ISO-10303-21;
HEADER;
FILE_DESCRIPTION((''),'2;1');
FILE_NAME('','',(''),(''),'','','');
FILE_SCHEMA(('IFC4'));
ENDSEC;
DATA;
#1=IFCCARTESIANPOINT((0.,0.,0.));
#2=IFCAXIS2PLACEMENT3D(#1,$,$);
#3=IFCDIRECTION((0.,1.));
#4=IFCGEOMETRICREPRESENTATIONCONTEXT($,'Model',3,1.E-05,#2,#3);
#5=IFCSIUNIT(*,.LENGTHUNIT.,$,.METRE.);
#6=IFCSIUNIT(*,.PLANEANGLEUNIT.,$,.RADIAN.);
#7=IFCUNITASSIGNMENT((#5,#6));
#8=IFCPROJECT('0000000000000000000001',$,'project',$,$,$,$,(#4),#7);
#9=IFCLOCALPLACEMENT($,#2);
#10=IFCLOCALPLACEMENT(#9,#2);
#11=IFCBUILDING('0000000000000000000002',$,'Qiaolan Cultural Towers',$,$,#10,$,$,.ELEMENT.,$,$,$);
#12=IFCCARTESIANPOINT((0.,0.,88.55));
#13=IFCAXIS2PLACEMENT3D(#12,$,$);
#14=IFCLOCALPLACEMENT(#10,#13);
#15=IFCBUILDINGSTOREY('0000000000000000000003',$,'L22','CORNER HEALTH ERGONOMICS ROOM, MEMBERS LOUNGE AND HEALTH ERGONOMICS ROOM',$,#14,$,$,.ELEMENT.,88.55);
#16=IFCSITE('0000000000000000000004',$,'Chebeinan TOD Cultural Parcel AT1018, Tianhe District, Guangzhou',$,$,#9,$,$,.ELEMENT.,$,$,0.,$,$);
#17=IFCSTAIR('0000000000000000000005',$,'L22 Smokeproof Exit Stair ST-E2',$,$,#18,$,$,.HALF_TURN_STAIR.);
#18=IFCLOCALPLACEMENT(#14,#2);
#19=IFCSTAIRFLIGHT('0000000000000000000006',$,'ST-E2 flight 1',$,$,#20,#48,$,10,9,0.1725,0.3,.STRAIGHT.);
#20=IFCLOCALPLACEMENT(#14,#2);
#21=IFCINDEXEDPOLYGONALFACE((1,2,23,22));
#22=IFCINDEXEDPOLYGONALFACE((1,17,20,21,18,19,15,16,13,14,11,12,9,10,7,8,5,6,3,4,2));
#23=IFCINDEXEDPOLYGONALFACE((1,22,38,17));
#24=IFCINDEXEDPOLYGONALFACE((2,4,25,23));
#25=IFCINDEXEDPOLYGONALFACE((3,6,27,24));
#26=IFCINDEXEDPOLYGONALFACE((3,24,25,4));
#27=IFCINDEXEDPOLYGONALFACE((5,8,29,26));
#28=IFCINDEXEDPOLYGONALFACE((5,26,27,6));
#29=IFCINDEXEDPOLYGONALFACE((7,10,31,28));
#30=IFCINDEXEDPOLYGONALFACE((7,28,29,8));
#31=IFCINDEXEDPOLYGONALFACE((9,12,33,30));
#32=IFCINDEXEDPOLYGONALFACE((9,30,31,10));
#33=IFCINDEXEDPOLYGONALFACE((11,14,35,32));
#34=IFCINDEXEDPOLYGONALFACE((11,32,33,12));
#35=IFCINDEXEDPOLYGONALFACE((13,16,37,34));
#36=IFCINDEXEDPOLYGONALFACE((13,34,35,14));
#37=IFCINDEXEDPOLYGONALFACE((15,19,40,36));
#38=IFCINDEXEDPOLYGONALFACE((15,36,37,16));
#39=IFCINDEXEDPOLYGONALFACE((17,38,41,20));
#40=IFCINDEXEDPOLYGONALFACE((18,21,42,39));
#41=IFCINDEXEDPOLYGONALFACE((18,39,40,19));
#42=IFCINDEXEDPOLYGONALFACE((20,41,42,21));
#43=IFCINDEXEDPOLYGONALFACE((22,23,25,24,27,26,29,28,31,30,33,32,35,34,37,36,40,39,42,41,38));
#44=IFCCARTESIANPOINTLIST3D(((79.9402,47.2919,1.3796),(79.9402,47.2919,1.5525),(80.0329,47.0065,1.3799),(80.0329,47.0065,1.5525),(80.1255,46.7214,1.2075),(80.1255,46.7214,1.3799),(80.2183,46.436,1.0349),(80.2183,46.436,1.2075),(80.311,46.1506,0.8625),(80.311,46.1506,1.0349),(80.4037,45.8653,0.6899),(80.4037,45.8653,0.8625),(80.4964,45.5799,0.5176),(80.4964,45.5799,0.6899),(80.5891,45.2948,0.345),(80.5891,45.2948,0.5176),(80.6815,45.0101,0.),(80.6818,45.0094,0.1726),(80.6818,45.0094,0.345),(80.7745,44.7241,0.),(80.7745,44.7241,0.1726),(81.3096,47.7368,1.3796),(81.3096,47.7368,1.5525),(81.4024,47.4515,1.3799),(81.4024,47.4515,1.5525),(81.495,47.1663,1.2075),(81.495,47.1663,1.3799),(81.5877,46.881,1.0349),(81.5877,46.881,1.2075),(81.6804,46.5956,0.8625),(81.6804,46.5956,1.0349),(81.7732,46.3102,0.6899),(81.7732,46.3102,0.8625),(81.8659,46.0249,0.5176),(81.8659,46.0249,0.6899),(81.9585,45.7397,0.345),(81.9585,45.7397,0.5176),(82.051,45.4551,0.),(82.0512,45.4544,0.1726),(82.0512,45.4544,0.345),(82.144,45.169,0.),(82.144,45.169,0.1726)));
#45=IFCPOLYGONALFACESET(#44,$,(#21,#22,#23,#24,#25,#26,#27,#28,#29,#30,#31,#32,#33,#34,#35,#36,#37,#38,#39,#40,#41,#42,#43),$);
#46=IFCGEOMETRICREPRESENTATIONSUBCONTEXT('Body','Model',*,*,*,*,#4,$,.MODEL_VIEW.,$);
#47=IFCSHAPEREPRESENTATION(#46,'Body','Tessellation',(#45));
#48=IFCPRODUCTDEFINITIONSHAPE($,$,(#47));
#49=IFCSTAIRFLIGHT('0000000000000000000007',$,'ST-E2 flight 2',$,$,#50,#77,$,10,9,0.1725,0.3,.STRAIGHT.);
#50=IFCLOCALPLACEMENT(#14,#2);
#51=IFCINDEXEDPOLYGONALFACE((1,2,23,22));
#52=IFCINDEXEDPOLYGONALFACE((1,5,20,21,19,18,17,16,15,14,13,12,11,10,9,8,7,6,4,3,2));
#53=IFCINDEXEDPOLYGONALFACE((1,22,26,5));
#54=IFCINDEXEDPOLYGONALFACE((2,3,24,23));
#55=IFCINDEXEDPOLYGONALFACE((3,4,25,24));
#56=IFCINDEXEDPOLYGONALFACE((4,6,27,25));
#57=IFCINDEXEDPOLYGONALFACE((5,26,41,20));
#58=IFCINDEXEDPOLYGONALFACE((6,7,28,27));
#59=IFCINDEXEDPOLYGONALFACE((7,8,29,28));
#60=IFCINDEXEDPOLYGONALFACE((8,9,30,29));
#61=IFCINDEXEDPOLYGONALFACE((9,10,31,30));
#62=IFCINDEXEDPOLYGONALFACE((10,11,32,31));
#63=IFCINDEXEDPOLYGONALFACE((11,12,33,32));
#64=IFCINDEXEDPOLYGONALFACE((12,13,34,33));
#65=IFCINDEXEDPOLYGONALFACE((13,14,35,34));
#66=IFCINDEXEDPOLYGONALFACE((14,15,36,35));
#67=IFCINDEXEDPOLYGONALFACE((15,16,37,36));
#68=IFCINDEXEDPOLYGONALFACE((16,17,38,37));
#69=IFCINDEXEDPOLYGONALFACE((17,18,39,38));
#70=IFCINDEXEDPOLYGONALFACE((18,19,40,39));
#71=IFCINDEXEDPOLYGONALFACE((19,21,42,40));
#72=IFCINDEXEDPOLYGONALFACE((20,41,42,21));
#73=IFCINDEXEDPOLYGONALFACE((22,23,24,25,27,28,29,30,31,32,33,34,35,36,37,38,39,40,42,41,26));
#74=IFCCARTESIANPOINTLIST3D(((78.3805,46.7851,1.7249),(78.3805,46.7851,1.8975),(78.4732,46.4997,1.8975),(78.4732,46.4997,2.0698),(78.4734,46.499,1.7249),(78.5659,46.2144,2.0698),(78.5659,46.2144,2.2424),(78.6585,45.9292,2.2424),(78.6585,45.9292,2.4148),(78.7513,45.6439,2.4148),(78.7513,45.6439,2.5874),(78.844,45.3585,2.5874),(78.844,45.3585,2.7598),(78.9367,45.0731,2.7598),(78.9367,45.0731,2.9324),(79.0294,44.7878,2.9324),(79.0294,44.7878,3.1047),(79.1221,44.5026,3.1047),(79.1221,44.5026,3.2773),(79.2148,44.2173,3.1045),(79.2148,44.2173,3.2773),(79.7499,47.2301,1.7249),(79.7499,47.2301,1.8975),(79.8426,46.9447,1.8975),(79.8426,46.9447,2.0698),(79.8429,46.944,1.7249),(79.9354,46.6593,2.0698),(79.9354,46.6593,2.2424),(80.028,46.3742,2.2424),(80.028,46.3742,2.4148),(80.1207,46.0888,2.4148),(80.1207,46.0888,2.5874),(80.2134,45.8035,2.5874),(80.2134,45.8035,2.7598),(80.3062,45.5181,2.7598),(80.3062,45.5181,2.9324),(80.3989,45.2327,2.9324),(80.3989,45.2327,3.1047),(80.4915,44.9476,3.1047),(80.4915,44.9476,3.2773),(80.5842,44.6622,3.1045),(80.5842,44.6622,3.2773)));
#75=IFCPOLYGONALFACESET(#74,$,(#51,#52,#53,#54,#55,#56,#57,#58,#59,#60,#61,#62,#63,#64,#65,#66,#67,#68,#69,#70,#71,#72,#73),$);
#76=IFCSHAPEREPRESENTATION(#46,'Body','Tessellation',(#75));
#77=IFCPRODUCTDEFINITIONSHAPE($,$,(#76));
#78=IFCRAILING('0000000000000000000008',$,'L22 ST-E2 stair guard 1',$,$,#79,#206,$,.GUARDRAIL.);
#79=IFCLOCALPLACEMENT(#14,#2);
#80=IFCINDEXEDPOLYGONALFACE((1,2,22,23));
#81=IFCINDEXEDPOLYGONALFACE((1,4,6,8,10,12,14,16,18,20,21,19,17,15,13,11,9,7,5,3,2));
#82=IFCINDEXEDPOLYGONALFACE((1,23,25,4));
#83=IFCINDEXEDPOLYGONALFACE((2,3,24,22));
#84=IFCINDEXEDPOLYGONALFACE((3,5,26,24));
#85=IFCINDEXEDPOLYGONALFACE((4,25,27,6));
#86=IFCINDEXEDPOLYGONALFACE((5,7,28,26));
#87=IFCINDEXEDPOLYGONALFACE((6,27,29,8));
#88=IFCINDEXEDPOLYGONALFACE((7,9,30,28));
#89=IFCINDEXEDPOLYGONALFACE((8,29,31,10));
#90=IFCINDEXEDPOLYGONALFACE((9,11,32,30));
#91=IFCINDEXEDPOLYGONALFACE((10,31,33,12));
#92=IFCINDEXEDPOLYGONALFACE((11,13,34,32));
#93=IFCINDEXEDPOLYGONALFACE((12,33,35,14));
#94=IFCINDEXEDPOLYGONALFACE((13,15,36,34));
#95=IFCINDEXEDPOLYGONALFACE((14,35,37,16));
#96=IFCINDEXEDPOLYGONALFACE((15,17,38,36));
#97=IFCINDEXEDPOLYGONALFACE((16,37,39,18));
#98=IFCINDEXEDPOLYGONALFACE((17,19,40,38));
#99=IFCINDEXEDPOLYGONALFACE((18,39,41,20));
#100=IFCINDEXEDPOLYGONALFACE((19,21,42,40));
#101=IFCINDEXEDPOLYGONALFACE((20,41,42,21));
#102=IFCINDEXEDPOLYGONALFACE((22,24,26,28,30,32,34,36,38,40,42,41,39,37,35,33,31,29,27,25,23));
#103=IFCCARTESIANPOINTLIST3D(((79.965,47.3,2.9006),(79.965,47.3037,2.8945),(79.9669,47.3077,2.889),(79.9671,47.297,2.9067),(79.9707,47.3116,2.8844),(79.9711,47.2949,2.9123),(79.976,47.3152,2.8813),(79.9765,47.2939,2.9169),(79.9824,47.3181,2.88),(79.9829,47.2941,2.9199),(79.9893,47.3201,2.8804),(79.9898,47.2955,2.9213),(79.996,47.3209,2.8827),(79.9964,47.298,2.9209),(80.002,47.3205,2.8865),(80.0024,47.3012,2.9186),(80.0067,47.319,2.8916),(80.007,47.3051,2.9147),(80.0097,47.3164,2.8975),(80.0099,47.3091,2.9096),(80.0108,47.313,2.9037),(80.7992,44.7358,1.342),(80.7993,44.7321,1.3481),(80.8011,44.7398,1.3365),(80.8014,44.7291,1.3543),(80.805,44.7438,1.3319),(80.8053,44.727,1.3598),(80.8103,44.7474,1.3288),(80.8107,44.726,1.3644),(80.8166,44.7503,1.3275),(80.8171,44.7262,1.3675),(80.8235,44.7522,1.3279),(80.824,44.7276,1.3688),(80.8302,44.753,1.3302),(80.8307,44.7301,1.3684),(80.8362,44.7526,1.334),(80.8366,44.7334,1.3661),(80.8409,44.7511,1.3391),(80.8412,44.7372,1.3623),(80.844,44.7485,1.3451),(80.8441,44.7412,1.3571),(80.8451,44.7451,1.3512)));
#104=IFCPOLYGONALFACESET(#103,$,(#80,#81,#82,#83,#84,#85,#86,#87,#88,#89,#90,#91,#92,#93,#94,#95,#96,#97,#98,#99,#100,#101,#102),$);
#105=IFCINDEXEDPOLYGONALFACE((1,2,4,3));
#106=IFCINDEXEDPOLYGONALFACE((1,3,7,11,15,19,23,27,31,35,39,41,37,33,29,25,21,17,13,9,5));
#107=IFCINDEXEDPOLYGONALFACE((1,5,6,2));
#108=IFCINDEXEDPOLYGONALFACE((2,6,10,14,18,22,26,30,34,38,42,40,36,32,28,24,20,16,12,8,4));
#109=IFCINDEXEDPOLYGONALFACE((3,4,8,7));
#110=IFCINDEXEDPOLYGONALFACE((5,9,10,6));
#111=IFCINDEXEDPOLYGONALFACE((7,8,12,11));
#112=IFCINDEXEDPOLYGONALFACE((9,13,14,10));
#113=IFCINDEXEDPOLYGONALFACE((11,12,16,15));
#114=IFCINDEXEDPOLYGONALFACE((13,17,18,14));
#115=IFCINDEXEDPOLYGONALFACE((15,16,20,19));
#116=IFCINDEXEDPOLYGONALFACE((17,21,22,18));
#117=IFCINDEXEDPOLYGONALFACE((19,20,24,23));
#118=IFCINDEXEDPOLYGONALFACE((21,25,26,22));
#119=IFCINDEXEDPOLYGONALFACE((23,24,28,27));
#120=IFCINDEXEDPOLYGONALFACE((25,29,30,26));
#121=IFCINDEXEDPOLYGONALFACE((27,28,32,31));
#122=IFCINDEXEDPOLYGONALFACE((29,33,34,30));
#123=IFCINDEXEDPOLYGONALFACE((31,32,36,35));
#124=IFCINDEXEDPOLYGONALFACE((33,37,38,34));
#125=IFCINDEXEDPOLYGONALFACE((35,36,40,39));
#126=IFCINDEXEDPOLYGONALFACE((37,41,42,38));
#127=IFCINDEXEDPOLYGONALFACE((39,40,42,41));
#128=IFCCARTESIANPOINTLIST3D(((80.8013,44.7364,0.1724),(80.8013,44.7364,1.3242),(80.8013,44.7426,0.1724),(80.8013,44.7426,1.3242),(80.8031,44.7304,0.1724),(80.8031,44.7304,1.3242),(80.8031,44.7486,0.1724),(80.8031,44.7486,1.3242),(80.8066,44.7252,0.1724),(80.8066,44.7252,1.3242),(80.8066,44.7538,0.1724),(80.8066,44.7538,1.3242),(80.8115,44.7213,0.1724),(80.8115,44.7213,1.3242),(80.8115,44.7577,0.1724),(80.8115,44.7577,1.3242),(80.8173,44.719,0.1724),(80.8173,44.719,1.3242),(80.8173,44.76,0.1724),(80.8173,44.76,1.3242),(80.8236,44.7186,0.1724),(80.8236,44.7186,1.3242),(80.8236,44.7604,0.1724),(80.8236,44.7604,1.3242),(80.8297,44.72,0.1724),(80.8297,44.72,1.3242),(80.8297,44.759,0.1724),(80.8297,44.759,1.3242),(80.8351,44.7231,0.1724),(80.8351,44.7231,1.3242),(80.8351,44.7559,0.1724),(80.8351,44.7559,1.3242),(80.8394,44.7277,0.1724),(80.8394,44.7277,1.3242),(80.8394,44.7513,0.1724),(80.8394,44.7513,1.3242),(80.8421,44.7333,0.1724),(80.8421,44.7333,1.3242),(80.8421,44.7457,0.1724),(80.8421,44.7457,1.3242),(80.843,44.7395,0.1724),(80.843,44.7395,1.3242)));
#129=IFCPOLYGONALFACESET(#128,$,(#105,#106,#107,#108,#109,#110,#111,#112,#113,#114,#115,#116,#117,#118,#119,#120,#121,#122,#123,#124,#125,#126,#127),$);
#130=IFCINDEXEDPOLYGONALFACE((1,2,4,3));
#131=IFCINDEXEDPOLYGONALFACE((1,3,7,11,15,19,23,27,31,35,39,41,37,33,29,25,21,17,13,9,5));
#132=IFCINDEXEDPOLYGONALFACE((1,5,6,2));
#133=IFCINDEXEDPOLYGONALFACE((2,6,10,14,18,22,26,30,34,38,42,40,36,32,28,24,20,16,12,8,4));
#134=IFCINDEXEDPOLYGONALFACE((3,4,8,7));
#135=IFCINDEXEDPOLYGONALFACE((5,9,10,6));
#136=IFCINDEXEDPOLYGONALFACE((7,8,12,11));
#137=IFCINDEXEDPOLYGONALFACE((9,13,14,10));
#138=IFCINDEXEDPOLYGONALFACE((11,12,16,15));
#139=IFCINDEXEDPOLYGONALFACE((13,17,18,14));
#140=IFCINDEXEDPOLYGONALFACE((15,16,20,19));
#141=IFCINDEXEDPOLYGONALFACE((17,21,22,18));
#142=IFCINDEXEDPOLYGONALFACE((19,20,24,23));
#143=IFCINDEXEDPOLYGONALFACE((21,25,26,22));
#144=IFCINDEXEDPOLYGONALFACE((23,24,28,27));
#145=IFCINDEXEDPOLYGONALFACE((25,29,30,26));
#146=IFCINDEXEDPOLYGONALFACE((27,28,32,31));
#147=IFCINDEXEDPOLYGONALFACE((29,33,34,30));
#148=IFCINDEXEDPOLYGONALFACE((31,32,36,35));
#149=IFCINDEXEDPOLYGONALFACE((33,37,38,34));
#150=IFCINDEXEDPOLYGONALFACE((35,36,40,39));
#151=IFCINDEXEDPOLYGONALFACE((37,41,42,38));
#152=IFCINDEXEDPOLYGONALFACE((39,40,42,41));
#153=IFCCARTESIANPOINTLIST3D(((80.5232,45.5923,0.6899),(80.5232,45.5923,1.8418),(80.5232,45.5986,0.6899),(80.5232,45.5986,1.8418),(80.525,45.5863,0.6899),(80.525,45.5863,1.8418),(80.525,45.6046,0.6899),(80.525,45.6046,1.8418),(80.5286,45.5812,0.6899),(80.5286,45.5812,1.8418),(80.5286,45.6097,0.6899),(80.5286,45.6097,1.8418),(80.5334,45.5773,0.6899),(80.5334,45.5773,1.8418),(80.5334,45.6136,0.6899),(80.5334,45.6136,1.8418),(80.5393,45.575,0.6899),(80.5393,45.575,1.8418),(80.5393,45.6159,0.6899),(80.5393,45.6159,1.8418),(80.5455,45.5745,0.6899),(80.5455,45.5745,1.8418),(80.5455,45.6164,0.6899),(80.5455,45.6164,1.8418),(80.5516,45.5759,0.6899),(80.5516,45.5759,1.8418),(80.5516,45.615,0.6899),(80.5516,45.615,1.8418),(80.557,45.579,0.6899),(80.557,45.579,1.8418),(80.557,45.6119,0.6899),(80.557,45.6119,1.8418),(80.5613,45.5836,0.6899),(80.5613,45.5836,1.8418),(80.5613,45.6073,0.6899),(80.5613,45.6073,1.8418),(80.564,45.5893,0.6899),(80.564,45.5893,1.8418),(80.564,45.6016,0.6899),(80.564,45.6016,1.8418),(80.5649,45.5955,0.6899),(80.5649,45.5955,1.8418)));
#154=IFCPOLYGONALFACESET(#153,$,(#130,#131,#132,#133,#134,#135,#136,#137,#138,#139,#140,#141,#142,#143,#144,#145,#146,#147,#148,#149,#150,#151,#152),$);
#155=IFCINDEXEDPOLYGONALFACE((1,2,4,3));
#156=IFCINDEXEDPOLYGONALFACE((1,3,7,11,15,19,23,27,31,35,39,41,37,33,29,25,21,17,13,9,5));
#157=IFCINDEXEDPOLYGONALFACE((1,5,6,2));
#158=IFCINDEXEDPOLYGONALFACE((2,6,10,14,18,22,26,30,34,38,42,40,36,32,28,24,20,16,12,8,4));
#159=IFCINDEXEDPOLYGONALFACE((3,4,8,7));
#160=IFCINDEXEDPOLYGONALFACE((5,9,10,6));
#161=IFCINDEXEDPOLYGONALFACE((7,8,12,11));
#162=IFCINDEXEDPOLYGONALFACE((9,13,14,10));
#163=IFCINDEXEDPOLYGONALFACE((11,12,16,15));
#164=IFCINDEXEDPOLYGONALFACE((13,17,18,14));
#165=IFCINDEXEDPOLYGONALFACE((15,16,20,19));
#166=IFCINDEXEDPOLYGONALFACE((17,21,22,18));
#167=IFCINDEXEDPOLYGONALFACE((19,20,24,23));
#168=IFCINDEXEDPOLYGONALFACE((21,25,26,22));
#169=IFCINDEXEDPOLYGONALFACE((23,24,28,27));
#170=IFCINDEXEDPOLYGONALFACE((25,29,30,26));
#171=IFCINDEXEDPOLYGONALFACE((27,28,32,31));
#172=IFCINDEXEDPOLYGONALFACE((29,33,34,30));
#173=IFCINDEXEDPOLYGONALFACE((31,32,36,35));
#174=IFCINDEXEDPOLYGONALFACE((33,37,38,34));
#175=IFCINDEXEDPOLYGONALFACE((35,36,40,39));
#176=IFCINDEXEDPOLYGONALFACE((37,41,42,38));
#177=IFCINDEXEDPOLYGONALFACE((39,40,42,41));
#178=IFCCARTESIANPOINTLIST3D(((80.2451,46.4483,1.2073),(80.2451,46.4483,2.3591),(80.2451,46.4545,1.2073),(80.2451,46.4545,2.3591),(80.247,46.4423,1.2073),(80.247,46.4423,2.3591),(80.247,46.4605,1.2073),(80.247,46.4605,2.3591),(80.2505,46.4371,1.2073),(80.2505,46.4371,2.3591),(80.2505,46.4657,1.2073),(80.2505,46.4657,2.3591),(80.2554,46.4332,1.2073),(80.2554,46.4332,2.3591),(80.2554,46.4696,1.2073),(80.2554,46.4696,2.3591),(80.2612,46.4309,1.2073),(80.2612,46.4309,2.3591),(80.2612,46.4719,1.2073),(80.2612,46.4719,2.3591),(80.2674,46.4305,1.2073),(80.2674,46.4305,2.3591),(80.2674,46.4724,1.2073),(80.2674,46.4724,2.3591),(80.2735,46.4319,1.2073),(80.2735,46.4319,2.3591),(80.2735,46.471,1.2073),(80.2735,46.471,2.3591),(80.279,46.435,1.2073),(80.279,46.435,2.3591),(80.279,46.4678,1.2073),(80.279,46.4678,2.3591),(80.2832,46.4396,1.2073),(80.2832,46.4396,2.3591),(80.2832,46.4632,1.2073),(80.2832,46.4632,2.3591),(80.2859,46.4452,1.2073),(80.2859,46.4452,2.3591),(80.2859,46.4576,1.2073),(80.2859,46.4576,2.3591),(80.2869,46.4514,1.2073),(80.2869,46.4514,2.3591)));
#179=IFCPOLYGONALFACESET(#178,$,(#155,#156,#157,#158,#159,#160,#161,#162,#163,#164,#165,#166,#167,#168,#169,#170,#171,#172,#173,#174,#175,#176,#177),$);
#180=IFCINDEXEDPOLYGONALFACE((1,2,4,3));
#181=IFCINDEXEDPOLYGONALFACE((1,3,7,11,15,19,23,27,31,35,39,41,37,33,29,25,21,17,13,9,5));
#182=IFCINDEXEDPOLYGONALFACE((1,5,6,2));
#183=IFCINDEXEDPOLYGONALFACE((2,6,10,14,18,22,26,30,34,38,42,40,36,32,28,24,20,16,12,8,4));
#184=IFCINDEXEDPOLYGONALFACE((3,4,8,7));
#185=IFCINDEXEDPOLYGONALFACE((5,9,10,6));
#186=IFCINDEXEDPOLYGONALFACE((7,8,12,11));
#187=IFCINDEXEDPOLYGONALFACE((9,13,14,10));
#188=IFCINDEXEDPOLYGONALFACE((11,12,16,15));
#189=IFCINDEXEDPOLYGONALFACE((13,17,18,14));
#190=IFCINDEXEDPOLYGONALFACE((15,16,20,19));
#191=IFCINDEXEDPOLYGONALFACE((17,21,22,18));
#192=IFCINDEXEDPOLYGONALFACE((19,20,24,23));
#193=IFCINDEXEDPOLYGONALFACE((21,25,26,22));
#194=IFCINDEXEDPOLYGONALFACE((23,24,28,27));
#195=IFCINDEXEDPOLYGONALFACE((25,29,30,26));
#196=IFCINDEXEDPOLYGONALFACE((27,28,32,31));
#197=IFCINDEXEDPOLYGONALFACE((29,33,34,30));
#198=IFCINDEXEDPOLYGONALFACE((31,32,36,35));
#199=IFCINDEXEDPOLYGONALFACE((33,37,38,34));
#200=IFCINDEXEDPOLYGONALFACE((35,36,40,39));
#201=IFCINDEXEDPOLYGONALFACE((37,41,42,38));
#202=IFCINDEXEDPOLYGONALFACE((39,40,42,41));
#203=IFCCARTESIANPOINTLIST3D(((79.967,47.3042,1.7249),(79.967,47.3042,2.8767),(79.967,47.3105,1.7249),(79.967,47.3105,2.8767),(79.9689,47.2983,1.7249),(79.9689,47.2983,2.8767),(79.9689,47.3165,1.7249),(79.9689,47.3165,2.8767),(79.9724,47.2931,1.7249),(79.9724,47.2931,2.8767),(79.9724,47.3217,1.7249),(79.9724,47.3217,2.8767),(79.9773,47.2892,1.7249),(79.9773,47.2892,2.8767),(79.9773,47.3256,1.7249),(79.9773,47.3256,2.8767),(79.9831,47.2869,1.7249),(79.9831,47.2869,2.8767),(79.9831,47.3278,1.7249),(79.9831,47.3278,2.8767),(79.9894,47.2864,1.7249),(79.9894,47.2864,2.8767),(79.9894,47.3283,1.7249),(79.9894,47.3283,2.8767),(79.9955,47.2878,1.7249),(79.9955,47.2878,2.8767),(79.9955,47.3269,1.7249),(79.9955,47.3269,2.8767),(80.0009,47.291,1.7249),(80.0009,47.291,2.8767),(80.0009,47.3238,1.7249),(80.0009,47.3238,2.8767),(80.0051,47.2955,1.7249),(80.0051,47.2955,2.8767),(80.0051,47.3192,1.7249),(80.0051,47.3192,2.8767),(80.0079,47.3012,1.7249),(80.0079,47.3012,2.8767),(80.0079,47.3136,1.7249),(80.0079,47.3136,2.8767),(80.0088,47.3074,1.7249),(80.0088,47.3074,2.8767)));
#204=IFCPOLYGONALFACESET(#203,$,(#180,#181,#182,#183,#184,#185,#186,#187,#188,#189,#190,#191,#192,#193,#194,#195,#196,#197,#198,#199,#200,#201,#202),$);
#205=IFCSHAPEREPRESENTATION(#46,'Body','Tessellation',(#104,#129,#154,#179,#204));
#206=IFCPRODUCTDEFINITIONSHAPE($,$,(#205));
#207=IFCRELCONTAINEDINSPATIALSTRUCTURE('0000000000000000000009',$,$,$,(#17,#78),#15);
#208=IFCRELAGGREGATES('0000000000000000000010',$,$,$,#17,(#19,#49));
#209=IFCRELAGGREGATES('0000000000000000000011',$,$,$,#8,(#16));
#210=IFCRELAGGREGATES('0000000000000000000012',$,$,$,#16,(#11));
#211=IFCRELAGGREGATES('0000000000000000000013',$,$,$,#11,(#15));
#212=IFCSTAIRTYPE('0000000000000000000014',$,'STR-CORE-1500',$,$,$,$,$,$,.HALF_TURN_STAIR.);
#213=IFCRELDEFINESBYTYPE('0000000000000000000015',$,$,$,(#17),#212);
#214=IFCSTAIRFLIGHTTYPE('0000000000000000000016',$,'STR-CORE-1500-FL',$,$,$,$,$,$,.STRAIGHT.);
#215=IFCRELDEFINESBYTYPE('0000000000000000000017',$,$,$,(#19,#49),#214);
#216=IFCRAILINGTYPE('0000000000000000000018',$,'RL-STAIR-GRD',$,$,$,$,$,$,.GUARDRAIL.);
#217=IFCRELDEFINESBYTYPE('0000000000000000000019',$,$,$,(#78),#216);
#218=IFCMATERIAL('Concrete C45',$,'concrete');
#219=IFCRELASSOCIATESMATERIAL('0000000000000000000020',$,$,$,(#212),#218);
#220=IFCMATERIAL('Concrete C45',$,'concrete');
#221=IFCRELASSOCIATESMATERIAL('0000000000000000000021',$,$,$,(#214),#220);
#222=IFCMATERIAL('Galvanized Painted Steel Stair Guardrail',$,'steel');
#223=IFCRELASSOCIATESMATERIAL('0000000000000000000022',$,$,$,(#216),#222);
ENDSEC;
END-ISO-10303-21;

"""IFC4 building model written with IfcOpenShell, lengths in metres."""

from ifc_helpers import new_model, si_unit, direction, frame, origin, origin_2d, place, context, subcontext, project, spatial, polyline, circle, outline, extrude, material, type_object, element, aggregate, save


model = new_model("IFC4")

# Units and contexts
model_context = context("Model", 3, precision=1e-05, world=origin(), true_north=direction((0.0, 1.0)))
body_context = subcontext(model_context, "Body", "Model", "MODEL_VIEW")
ifc_project = project(units=[si_unit("LENGTHUNIT", "METRE"), si_unit("PLANEANGLEUNIT", "RADIAN")], contexts=[model_context])

# Site, building, storey
site_placement = place(None, origin())
site = spatial("IfcSite", under=ifc_project, at=site_placement, Name="Chebeinan TOD Cultural Parcel AT1018, Tianhe District, Guangzhou", CompositionType="ELEMENT", RefElevation=0.0)
building_placement = place(site_placement, origin())
building = spatial("IfcBuilding", under=site, at=building_placement, Name="Qiaolan Cultural Towers", CompositionType="ELEMENT")
storey_placement = place(building_placement, frame((0.0, 0.0, 88.55)))
storey = spatial("IfcBuildingStorey", under=building, at=storey_placement, Name="L22", Description="CORNER HEALTH ERGONOMICS ROOM, MEMBERS LOUNGE AND HEALTH ERGONOMICS ROOM", CompositionType="ELEMENT", Elevation=88.55)

# Stair, stair flights
ifc_material_1 = material(Name="Concrete C45", Category="concrete")
stair_type = type_object("IfcStairType", Name="STR-CORE-1500", PredefinedType="HALF_TURN_STAIR", material=ifc_material_1)
stair_placement = place(storey_placement, origin())
stair = element("IfcStair", 1, at=stair_placement, inside=storey, type_object=stair_type, Name="L22 Smokeproof Exit Stair ST-E2", PredefinedType="HALF_TURN_STAIR")
ifc_material_2 = material(Name="Concrete C45", Category="concrete")
stair_flight_type = type_object("IfcStairFlightType", Name="STR-CORE-1500-FL", PredefinedType="STRAIGHT", material=ifc_material_2)
stair_flight_1_placement = place(storey_placement, frame((81.4592, 44.9465, 0.0), z_axis=(0.0, 0.0, 1.0), x_axis=(-0.309017, 0.951057, 0.0)))
stair_flight_1 = element("IfcStairFlight", 2, at=stair_flight_1_placement, type_object=stair_flight_type, Name="ST-E2 flight 1", NumberOfRisers=10, NumberOfTreads=9, PredefinedType="STRAIGHT", RiserHeight=0.1725, TreadLength=0.3, context=body_context, shape_type="SweptSolid", body=[
    extrude(outline(polyline([(0.0, 0.0), (0.0, 0.1726), (0.3, 0.1726), (0.3, 0.345), (0.6001, 0.345), (0.6001, 0.5176), (0.8999, 0.5176), (0.8999, 0.6899), (1.2, 0.6899), (1.2, 0.8625), (1.5, 0.8625), (1.5, 1.0349), (1.8, 1.0349), (1.8, 1.2075), (2.1001, 1.2075), (2.1001, 1.3799), (2.3999, 1.3799), (2.3999, 1.5525), (2.7, 1.5525), (2.7, 1.7251), (2.7, 1.3796), (0.3008, 0.0), (0.0, 0.0)])), frame((0.0, 0.72, 0.0), z_axis=(0.0, -1.0, 0.0), x_axis=(1.0, 0.0, 0.0)), (0.0, 0.0, 1.0), 1.4399),
])
stair_flight_2_placement = place(storey_placement, frame((79.0652, 47.0076, 1.7249), z_axis=(0.0, 0.0, 1.0), x_axis=(0.309017, -0.951057, 0.0)))
stair_flight_2 = element("IfcStairFlight", 3, at=stair_flight_2_placement, type_object=stair_flight_type, Name="ST-E2 flight 2", NumberOfRisers=10, NumberOfTreads=9, PredefinedType="STRAIGHT", RiserHeight=0.1725, TreadLength=0.3, context=body_context, shape_type="SweptSolid", body=[
    extrude(outline(polyline([(0.0, 0.0), (0.0, 0.1726), (0.3, 0.1726), (0.3, 0.345), (0.6001, 0.345), (0.6001, 0.5176), (0.8999, 0.5176), (0.8999, 0.6899), (1.2, 0.6899), (1.2, 0.8625), (1.5, 0.8625), (1.5, 1.0349), (1.8, 1.0349), (1.8, 1.2075), (2.1001, 1.2075), (2.1001, 1.3799), (2.3999, 1.3799), (2.3999, 1.5525), (2.7, 1.5525), (2.7, 1.7251), (2.7, 1.3796), (0.3008, 0.0), (0.0, 0.0)])), frame((0.0, 0.72, 0.0), z_axis=(0.0, -1.0, 0.0), x_axis=(1.0, 0.0, 0.0)), (0.0, 0.0, 1.0), 1.4399),
])
aggregate(stair, [stair_flight_1, stair_flight_2])

# Railing
ifc_material_3 = material(Name="Galvanized Painted Steel Stair Guardrail", Category="steel")
railing_type_1 = type_object("IfcRailingType", Name="RL-STAIR-GRD", PredefinedType="GUARDRAIL", material=ifc_material_3)
railing_1_placement = place(storey_placement, frame((80.822, 44.7395, 0.1724)))
element("IfcRailing", 4, at=railing_1_placement, inside=storey, type_object=railing_type_1, Name="L22 ST-E2 stair guard 1", PredefinedType="GUARDRAIL", context=body_context, shape_type="SweptSolid", body=[
    extrude(circle(Radius=0.0239, at=origin_2d()), frame((0.0, 0.0, 1.1758), z_axis=(-0.267853, 0.824488, 0.498471), x_axis=(-0.95107, -0.308976, 0.0)), (0.0, 0.0, 1.0), 3.1145),
    extrude(circle(Radius=0.021, at=origin_2d()), origin(), (0.0, 0.0, 1.0), 1.1519),
    extrude(circle(Radius=0.021, at=origin_2d()), frame((-0.2781, 0.856, 0.5176)), (0.0, 0.0, 1.0), 1.1519),
    extrude(circle(Radius=0.021, at=origin_2d()), frame((-0.5562, 1.7119, 1.0349)), (0.0, 0.0, 1.0), 1.1519),
    extrude(circle(Radius=0.021, at=origin_2d()), frame((-0.8342, 2.5679, 1.5525)), (0.0, 0.0, 1.0), 1.1519),
])

save(model, "model.ifc")
